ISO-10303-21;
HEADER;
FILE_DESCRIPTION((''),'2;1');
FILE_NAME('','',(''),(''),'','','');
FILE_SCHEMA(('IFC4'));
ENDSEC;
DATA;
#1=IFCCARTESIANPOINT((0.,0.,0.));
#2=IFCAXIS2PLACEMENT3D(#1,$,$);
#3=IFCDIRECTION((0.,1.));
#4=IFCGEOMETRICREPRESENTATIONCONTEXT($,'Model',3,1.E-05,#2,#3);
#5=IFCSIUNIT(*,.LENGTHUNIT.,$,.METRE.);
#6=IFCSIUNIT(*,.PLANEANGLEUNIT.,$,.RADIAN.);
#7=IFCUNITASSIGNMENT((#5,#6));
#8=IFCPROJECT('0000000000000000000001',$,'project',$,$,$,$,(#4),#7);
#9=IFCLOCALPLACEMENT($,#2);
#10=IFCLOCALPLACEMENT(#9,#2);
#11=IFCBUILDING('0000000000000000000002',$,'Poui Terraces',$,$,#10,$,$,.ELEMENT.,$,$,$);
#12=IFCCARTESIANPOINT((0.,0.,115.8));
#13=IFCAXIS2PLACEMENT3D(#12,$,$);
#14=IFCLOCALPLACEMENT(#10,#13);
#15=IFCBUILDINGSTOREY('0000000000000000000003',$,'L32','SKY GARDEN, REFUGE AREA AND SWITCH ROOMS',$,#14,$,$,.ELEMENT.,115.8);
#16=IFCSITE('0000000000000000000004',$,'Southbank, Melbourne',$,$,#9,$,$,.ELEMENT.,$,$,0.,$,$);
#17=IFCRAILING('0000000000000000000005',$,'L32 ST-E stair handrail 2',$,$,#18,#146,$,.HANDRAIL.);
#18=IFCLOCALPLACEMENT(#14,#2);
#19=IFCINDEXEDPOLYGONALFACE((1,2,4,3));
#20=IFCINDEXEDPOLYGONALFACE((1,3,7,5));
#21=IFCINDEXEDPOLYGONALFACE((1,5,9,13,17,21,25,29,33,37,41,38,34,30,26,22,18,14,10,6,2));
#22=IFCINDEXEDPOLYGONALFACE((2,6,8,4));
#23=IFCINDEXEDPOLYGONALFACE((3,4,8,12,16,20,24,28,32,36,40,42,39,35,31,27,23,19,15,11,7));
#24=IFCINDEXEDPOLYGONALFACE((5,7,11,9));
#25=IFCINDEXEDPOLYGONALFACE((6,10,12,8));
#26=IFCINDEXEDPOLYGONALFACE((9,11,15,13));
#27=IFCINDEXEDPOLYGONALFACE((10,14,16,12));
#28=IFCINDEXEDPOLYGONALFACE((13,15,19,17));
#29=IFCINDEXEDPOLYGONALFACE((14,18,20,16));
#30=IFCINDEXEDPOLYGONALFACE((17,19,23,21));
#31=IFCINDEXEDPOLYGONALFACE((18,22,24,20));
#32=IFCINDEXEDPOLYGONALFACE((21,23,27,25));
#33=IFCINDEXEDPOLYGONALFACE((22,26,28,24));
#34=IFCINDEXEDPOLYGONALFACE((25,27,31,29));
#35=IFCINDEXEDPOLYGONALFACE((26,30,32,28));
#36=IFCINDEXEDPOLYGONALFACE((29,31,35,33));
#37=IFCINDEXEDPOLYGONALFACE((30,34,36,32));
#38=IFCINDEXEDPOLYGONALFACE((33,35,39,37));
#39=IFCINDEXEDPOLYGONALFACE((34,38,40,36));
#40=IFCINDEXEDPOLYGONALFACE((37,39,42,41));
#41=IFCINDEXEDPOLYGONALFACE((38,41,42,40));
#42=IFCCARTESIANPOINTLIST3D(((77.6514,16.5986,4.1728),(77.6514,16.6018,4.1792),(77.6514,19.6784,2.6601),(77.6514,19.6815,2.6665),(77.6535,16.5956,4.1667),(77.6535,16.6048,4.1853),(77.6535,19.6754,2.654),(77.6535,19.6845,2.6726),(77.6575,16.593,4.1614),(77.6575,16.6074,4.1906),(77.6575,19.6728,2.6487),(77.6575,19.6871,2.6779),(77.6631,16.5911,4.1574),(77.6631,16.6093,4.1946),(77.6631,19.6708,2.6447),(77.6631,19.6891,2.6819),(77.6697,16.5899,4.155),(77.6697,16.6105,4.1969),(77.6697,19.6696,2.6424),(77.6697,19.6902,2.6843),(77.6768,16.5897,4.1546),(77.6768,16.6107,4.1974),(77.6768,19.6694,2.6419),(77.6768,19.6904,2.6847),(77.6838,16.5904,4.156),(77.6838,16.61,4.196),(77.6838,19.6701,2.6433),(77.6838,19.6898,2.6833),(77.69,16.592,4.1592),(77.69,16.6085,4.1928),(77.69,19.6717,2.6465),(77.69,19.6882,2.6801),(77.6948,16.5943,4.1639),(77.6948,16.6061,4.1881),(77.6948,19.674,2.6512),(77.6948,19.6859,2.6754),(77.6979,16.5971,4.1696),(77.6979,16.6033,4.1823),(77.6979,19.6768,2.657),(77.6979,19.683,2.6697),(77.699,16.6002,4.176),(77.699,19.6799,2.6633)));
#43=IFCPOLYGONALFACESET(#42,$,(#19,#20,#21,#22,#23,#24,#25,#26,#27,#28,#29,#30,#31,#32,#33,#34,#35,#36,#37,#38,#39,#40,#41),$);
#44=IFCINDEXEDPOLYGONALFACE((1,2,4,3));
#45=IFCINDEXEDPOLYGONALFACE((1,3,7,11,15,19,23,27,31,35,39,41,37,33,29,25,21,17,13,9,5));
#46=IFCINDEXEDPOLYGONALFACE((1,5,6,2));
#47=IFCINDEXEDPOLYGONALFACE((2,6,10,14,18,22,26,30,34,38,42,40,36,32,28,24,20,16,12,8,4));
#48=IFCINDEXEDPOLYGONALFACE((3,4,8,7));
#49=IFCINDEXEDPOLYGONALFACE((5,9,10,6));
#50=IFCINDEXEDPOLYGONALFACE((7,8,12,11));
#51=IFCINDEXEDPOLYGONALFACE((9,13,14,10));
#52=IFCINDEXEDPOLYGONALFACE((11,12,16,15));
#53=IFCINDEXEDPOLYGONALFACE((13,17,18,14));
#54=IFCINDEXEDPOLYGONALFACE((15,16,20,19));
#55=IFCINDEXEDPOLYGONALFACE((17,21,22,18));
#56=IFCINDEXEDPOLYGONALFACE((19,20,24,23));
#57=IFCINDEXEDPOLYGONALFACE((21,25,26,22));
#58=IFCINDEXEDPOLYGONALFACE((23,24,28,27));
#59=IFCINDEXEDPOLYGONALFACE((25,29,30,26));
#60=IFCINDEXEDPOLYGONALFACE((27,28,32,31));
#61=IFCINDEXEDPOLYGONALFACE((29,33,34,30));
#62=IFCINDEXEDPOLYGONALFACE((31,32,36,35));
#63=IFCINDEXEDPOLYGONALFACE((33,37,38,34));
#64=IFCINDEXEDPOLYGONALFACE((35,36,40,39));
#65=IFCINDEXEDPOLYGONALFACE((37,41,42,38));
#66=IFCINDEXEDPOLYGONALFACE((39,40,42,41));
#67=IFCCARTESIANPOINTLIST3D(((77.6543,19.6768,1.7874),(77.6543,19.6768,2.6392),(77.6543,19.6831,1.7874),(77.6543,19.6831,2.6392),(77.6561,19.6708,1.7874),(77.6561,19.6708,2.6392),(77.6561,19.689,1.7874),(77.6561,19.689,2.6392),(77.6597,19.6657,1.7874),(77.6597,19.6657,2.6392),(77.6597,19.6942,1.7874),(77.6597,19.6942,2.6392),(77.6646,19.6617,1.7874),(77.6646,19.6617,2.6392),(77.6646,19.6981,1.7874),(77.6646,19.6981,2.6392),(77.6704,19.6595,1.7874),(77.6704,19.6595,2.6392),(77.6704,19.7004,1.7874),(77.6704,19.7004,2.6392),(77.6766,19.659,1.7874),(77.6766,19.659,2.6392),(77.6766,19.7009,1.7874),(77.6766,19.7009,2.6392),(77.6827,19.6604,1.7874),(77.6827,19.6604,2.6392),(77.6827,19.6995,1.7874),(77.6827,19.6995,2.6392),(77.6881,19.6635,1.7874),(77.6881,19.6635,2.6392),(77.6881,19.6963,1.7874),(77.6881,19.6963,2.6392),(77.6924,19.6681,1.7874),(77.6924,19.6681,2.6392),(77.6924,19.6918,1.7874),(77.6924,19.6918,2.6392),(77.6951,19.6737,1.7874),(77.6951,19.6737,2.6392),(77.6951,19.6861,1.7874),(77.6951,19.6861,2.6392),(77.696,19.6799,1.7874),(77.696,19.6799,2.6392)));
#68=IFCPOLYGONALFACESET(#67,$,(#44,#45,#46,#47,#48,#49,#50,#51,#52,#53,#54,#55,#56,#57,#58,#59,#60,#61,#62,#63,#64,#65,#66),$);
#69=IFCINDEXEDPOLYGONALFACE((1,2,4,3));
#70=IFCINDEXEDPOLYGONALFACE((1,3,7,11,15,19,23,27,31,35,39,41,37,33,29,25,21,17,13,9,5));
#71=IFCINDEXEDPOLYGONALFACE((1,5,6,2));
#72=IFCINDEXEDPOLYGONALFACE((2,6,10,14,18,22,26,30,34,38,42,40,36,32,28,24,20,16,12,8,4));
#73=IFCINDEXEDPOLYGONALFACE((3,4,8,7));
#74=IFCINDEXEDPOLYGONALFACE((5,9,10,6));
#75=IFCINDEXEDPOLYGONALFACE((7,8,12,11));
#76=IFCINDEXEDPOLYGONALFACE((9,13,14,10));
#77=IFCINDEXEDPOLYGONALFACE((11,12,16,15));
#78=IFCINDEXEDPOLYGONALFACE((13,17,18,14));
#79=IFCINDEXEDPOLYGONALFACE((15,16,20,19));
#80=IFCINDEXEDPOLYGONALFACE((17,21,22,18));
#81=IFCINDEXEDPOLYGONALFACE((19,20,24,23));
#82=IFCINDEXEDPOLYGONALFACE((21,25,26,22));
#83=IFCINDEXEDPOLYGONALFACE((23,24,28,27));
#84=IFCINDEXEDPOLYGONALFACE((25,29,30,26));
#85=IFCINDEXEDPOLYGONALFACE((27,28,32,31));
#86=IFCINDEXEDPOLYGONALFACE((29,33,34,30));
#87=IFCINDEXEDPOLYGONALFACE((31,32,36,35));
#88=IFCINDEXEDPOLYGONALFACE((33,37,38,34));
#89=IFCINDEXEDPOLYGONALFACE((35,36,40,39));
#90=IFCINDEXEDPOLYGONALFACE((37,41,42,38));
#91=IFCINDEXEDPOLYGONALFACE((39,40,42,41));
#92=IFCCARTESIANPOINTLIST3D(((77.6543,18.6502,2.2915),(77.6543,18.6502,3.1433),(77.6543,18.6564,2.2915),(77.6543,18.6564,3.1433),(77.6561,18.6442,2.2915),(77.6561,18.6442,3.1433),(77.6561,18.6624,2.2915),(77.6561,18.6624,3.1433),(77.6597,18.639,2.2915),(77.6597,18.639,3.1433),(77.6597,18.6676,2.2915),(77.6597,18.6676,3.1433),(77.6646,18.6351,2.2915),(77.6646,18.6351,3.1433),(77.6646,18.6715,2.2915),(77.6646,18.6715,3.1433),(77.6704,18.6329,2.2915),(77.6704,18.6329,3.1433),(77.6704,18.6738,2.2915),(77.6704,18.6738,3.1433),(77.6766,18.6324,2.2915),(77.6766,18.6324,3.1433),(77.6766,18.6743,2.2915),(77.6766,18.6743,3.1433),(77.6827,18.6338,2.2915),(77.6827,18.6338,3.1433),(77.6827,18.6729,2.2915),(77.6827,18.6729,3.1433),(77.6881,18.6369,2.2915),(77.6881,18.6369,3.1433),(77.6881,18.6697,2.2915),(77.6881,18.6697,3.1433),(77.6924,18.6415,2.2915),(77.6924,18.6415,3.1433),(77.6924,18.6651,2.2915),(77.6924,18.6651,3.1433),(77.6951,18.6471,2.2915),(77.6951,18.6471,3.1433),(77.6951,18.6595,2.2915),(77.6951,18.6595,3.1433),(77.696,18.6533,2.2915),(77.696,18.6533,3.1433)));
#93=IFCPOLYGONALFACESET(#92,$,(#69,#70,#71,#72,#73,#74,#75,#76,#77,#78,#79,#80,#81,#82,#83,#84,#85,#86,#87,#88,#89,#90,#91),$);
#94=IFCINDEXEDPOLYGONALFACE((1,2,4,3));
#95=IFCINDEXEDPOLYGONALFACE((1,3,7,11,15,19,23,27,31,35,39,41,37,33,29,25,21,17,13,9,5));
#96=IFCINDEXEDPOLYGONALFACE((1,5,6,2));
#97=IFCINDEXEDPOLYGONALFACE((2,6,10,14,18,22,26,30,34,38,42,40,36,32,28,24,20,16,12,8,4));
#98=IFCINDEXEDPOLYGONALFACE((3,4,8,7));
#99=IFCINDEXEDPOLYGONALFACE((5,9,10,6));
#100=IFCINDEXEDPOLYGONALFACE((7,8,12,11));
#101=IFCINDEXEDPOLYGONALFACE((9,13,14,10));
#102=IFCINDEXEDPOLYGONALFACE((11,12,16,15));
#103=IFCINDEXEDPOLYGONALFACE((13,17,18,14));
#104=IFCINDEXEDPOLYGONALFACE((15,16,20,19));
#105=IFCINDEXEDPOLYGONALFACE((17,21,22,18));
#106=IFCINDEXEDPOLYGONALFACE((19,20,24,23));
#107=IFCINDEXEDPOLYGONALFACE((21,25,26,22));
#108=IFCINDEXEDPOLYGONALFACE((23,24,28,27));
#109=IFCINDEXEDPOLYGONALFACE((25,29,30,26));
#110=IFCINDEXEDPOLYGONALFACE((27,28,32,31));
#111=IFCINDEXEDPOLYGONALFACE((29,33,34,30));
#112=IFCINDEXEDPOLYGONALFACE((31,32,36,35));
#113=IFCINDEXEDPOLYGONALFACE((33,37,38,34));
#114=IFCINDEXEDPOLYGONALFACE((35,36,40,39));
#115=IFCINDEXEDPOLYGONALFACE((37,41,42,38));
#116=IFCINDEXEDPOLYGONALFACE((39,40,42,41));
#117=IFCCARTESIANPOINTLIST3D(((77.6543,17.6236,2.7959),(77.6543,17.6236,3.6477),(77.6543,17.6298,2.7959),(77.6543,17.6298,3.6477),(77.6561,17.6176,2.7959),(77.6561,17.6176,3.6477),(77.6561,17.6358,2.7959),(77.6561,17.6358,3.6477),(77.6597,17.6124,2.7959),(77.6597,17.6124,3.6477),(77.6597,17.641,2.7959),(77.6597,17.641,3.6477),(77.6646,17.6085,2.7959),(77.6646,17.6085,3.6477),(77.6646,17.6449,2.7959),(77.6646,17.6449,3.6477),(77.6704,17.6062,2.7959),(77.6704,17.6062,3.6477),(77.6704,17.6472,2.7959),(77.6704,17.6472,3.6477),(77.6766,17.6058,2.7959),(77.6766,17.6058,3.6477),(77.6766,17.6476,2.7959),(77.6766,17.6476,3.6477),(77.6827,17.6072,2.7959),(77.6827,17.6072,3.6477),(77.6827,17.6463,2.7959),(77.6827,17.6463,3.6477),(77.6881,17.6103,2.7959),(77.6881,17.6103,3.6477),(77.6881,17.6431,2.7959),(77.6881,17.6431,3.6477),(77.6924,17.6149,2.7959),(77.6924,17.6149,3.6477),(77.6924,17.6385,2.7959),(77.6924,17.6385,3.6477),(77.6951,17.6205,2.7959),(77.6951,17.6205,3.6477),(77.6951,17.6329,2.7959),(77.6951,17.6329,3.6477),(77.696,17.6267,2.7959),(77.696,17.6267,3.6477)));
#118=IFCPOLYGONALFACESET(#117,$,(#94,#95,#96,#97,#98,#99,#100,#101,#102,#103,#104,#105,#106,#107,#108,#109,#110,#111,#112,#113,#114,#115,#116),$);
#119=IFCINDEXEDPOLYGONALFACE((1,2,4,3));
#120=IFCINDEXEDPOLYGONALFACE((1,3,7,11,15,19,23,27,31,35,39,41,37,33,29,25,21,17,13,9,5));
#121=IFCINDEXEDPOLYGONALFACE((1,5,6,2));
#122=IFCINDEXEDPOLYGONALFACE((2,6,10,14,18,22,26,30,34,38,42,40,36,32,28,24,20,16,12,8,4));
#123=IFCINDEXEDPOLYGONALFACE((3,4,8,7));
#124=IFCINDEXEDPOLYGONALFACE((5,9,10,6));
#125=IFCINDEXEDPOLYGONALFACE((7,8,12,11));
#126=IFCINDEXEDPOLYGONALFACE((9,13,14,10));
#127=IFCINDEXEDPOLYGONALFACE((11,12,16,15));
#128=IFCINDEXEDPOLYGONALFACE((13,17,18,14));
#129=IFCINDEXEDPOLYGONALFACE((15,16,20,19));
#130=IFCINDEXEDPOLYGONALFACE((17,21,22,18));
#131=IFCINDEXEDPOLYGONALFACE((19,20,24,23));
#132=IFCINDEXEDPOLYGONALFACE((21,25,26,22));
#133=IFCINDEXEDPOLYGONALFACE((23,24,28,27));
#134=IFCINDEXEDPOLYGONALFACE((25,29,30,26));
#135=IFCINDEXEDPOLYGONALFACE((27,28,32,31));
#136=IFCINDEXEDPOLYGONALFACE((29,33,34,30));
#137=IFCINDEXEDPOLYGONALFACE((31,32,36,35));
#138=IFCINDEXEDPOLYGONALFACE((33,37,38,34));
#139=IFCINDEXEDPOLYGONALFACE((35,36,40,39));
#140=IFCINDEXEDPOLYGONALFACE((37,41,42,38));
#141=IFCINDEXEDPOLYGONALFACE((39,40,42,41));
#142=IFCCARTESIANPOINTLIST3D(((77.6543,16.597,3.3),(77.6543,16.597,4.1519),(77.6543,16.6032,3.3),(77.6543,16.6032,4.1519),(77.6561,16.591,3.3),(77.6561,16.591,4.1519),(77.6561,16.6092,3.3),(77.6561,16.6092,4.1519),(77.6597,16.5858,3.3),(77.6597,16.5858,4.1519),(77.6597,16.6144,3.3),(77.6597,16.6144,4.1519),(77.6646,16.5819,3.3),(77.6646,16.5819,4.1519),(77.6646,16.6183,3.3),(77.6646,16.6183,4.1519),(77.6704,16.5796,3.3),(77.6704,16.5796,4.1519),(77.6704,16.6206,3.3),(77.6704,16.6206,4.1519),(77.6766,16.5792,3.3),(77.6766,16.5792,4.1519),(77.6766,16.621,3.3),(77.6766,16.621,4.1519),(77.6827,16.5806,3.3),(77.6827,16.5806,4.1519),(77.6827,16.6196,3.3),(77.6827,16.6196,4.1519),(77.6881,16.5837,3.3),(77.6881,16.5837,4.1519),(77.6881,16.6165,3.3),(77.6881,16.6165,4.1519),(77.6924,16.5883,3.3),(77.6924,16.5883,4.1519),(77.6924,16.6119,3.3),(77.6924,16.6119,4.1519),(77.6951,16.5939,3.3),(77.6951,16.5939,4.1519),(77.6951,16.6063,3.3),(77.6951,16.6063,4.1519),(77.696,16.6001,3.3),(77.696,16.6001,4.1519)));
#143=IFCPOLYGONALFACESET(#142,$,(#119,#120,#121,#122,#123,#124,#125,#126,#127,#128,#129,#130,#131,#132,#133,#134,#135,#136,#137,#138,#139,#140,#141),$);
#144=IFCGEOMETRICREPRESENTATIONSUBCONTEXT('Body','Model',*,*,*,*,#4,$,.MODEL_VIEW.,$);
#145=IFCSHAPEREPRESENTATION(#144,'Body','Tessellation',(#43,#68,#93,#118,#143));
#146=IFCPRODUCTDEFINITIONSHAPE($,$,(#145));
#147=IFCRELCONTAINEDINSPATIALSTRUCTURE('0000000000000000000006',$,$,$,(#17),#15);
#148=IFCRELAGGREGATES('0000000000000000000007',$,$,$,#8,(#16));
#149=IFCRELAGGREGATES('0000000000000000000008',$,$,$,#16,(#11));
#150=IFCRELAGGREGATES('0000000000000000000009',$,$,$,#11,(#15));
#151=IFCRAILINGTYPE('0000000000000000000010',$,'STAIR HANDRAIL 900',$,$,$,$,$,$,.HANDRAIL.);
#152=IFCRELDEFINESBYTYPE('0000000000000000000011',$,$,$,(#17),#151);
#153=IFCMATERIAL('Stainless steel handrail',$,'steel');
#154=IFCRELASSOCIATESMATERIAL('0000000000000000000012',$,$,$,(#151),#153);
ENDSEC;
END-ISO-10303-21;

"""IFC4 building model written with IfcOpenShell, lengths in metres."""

from ifc_helpers import new_model, si_unit, direction, frame, origin, origin_2d, place, context, subcontext, project, spatial, circle, extrude, material, type_object, element, save


model = new_model("IFC4")

# Units and contexts
model_context = context("Model", 3, precision=1e-05, world=origin(), true_north=direction((0.0, 1.0)))
body_context = subcontext(model_context, "Body", "Model", "MODEL_VIEW")
ifc_project = project(units=[si_unit("LENGTHUNIT", "METRE"), si_unit("PLANEANGLEUNIT", "RADIAN")], contexts=[model_context])

# Site, building, storey
site_placement = place(None, origin())
site = spatial("IfcSite", under=ifc_project, at=site_placement, Name="Southbank, Melbourne", CompositionType="ELEMENT", RefElevation=0.0)
building_placement = place(site_placement, origin())
building = spatial("IfcBuilding", under=site, at=building_placement, Name="Poui Terraces", CompositionType="ELEMENT")
storey_placement = place(building_placement, frame((0.0, 0.0, 115.8)))
storey = spatial("IfcBuildingStorey", under=building, at=storey_placement, Name="L32", Description="SKY GARDEN, REFUGE AREA AND SWITCH ROOMS", CompositionType="ELEMENT", Elevation=115.8)

# Railing
ifc_material_1 = material(Name="Stainless steel handrail", Category="steel")
railing_type_1 = type_object("IfcRailingType", Name="STAIR HANDRAIL 900", PredefinedType="HANDRAIL", material=ifc_material_1)
railing_1_placement = place(storey_placement, frame((77.675, 19.6799, 1.7874)))
element("IfcRailing", 1, at=railing_1_placement, inside=storey, type_object=railing_type_1, Name="L32 ST-E stair handrail 2", PredefinedType="HANDRAIL", context=body_context, shape_type="SweptSolid", body=[
    extrude(circle(Radius=0.0239, at=origin_2d()), frame((0.0, 0.0, 0.876), z_axis=(0.0, -0.897578, 0.440856), x_axis=(1.0, 0.0, 0.0)), (0.0, 0.0, 1.0), 3.4312),
    extrude(circle(Radius=0.021, at=origin_2d()), origin(), (0.0, 0.0, 1.0), 0.8518),
    extrude(circle(Radius=0.021, at=origin_2d()), frame((0.0, -1.0266, 0.5042)), (0.0, 0.0, 1.0), 0.8518),
    extrude(circle(Radius=0.021, at=origin_2d()), frame((0.0, -2.0532, 1.0085)), (0.0, 0.0, 1.0), 0.8518),
    extrude(circle(Radius=0.021, at=origin_2d()), frame((0.0, -3.0798, 1.5127)), (0.0, 0.0, 1.0), 0.8518),
])

save(model, "model.ifc")
